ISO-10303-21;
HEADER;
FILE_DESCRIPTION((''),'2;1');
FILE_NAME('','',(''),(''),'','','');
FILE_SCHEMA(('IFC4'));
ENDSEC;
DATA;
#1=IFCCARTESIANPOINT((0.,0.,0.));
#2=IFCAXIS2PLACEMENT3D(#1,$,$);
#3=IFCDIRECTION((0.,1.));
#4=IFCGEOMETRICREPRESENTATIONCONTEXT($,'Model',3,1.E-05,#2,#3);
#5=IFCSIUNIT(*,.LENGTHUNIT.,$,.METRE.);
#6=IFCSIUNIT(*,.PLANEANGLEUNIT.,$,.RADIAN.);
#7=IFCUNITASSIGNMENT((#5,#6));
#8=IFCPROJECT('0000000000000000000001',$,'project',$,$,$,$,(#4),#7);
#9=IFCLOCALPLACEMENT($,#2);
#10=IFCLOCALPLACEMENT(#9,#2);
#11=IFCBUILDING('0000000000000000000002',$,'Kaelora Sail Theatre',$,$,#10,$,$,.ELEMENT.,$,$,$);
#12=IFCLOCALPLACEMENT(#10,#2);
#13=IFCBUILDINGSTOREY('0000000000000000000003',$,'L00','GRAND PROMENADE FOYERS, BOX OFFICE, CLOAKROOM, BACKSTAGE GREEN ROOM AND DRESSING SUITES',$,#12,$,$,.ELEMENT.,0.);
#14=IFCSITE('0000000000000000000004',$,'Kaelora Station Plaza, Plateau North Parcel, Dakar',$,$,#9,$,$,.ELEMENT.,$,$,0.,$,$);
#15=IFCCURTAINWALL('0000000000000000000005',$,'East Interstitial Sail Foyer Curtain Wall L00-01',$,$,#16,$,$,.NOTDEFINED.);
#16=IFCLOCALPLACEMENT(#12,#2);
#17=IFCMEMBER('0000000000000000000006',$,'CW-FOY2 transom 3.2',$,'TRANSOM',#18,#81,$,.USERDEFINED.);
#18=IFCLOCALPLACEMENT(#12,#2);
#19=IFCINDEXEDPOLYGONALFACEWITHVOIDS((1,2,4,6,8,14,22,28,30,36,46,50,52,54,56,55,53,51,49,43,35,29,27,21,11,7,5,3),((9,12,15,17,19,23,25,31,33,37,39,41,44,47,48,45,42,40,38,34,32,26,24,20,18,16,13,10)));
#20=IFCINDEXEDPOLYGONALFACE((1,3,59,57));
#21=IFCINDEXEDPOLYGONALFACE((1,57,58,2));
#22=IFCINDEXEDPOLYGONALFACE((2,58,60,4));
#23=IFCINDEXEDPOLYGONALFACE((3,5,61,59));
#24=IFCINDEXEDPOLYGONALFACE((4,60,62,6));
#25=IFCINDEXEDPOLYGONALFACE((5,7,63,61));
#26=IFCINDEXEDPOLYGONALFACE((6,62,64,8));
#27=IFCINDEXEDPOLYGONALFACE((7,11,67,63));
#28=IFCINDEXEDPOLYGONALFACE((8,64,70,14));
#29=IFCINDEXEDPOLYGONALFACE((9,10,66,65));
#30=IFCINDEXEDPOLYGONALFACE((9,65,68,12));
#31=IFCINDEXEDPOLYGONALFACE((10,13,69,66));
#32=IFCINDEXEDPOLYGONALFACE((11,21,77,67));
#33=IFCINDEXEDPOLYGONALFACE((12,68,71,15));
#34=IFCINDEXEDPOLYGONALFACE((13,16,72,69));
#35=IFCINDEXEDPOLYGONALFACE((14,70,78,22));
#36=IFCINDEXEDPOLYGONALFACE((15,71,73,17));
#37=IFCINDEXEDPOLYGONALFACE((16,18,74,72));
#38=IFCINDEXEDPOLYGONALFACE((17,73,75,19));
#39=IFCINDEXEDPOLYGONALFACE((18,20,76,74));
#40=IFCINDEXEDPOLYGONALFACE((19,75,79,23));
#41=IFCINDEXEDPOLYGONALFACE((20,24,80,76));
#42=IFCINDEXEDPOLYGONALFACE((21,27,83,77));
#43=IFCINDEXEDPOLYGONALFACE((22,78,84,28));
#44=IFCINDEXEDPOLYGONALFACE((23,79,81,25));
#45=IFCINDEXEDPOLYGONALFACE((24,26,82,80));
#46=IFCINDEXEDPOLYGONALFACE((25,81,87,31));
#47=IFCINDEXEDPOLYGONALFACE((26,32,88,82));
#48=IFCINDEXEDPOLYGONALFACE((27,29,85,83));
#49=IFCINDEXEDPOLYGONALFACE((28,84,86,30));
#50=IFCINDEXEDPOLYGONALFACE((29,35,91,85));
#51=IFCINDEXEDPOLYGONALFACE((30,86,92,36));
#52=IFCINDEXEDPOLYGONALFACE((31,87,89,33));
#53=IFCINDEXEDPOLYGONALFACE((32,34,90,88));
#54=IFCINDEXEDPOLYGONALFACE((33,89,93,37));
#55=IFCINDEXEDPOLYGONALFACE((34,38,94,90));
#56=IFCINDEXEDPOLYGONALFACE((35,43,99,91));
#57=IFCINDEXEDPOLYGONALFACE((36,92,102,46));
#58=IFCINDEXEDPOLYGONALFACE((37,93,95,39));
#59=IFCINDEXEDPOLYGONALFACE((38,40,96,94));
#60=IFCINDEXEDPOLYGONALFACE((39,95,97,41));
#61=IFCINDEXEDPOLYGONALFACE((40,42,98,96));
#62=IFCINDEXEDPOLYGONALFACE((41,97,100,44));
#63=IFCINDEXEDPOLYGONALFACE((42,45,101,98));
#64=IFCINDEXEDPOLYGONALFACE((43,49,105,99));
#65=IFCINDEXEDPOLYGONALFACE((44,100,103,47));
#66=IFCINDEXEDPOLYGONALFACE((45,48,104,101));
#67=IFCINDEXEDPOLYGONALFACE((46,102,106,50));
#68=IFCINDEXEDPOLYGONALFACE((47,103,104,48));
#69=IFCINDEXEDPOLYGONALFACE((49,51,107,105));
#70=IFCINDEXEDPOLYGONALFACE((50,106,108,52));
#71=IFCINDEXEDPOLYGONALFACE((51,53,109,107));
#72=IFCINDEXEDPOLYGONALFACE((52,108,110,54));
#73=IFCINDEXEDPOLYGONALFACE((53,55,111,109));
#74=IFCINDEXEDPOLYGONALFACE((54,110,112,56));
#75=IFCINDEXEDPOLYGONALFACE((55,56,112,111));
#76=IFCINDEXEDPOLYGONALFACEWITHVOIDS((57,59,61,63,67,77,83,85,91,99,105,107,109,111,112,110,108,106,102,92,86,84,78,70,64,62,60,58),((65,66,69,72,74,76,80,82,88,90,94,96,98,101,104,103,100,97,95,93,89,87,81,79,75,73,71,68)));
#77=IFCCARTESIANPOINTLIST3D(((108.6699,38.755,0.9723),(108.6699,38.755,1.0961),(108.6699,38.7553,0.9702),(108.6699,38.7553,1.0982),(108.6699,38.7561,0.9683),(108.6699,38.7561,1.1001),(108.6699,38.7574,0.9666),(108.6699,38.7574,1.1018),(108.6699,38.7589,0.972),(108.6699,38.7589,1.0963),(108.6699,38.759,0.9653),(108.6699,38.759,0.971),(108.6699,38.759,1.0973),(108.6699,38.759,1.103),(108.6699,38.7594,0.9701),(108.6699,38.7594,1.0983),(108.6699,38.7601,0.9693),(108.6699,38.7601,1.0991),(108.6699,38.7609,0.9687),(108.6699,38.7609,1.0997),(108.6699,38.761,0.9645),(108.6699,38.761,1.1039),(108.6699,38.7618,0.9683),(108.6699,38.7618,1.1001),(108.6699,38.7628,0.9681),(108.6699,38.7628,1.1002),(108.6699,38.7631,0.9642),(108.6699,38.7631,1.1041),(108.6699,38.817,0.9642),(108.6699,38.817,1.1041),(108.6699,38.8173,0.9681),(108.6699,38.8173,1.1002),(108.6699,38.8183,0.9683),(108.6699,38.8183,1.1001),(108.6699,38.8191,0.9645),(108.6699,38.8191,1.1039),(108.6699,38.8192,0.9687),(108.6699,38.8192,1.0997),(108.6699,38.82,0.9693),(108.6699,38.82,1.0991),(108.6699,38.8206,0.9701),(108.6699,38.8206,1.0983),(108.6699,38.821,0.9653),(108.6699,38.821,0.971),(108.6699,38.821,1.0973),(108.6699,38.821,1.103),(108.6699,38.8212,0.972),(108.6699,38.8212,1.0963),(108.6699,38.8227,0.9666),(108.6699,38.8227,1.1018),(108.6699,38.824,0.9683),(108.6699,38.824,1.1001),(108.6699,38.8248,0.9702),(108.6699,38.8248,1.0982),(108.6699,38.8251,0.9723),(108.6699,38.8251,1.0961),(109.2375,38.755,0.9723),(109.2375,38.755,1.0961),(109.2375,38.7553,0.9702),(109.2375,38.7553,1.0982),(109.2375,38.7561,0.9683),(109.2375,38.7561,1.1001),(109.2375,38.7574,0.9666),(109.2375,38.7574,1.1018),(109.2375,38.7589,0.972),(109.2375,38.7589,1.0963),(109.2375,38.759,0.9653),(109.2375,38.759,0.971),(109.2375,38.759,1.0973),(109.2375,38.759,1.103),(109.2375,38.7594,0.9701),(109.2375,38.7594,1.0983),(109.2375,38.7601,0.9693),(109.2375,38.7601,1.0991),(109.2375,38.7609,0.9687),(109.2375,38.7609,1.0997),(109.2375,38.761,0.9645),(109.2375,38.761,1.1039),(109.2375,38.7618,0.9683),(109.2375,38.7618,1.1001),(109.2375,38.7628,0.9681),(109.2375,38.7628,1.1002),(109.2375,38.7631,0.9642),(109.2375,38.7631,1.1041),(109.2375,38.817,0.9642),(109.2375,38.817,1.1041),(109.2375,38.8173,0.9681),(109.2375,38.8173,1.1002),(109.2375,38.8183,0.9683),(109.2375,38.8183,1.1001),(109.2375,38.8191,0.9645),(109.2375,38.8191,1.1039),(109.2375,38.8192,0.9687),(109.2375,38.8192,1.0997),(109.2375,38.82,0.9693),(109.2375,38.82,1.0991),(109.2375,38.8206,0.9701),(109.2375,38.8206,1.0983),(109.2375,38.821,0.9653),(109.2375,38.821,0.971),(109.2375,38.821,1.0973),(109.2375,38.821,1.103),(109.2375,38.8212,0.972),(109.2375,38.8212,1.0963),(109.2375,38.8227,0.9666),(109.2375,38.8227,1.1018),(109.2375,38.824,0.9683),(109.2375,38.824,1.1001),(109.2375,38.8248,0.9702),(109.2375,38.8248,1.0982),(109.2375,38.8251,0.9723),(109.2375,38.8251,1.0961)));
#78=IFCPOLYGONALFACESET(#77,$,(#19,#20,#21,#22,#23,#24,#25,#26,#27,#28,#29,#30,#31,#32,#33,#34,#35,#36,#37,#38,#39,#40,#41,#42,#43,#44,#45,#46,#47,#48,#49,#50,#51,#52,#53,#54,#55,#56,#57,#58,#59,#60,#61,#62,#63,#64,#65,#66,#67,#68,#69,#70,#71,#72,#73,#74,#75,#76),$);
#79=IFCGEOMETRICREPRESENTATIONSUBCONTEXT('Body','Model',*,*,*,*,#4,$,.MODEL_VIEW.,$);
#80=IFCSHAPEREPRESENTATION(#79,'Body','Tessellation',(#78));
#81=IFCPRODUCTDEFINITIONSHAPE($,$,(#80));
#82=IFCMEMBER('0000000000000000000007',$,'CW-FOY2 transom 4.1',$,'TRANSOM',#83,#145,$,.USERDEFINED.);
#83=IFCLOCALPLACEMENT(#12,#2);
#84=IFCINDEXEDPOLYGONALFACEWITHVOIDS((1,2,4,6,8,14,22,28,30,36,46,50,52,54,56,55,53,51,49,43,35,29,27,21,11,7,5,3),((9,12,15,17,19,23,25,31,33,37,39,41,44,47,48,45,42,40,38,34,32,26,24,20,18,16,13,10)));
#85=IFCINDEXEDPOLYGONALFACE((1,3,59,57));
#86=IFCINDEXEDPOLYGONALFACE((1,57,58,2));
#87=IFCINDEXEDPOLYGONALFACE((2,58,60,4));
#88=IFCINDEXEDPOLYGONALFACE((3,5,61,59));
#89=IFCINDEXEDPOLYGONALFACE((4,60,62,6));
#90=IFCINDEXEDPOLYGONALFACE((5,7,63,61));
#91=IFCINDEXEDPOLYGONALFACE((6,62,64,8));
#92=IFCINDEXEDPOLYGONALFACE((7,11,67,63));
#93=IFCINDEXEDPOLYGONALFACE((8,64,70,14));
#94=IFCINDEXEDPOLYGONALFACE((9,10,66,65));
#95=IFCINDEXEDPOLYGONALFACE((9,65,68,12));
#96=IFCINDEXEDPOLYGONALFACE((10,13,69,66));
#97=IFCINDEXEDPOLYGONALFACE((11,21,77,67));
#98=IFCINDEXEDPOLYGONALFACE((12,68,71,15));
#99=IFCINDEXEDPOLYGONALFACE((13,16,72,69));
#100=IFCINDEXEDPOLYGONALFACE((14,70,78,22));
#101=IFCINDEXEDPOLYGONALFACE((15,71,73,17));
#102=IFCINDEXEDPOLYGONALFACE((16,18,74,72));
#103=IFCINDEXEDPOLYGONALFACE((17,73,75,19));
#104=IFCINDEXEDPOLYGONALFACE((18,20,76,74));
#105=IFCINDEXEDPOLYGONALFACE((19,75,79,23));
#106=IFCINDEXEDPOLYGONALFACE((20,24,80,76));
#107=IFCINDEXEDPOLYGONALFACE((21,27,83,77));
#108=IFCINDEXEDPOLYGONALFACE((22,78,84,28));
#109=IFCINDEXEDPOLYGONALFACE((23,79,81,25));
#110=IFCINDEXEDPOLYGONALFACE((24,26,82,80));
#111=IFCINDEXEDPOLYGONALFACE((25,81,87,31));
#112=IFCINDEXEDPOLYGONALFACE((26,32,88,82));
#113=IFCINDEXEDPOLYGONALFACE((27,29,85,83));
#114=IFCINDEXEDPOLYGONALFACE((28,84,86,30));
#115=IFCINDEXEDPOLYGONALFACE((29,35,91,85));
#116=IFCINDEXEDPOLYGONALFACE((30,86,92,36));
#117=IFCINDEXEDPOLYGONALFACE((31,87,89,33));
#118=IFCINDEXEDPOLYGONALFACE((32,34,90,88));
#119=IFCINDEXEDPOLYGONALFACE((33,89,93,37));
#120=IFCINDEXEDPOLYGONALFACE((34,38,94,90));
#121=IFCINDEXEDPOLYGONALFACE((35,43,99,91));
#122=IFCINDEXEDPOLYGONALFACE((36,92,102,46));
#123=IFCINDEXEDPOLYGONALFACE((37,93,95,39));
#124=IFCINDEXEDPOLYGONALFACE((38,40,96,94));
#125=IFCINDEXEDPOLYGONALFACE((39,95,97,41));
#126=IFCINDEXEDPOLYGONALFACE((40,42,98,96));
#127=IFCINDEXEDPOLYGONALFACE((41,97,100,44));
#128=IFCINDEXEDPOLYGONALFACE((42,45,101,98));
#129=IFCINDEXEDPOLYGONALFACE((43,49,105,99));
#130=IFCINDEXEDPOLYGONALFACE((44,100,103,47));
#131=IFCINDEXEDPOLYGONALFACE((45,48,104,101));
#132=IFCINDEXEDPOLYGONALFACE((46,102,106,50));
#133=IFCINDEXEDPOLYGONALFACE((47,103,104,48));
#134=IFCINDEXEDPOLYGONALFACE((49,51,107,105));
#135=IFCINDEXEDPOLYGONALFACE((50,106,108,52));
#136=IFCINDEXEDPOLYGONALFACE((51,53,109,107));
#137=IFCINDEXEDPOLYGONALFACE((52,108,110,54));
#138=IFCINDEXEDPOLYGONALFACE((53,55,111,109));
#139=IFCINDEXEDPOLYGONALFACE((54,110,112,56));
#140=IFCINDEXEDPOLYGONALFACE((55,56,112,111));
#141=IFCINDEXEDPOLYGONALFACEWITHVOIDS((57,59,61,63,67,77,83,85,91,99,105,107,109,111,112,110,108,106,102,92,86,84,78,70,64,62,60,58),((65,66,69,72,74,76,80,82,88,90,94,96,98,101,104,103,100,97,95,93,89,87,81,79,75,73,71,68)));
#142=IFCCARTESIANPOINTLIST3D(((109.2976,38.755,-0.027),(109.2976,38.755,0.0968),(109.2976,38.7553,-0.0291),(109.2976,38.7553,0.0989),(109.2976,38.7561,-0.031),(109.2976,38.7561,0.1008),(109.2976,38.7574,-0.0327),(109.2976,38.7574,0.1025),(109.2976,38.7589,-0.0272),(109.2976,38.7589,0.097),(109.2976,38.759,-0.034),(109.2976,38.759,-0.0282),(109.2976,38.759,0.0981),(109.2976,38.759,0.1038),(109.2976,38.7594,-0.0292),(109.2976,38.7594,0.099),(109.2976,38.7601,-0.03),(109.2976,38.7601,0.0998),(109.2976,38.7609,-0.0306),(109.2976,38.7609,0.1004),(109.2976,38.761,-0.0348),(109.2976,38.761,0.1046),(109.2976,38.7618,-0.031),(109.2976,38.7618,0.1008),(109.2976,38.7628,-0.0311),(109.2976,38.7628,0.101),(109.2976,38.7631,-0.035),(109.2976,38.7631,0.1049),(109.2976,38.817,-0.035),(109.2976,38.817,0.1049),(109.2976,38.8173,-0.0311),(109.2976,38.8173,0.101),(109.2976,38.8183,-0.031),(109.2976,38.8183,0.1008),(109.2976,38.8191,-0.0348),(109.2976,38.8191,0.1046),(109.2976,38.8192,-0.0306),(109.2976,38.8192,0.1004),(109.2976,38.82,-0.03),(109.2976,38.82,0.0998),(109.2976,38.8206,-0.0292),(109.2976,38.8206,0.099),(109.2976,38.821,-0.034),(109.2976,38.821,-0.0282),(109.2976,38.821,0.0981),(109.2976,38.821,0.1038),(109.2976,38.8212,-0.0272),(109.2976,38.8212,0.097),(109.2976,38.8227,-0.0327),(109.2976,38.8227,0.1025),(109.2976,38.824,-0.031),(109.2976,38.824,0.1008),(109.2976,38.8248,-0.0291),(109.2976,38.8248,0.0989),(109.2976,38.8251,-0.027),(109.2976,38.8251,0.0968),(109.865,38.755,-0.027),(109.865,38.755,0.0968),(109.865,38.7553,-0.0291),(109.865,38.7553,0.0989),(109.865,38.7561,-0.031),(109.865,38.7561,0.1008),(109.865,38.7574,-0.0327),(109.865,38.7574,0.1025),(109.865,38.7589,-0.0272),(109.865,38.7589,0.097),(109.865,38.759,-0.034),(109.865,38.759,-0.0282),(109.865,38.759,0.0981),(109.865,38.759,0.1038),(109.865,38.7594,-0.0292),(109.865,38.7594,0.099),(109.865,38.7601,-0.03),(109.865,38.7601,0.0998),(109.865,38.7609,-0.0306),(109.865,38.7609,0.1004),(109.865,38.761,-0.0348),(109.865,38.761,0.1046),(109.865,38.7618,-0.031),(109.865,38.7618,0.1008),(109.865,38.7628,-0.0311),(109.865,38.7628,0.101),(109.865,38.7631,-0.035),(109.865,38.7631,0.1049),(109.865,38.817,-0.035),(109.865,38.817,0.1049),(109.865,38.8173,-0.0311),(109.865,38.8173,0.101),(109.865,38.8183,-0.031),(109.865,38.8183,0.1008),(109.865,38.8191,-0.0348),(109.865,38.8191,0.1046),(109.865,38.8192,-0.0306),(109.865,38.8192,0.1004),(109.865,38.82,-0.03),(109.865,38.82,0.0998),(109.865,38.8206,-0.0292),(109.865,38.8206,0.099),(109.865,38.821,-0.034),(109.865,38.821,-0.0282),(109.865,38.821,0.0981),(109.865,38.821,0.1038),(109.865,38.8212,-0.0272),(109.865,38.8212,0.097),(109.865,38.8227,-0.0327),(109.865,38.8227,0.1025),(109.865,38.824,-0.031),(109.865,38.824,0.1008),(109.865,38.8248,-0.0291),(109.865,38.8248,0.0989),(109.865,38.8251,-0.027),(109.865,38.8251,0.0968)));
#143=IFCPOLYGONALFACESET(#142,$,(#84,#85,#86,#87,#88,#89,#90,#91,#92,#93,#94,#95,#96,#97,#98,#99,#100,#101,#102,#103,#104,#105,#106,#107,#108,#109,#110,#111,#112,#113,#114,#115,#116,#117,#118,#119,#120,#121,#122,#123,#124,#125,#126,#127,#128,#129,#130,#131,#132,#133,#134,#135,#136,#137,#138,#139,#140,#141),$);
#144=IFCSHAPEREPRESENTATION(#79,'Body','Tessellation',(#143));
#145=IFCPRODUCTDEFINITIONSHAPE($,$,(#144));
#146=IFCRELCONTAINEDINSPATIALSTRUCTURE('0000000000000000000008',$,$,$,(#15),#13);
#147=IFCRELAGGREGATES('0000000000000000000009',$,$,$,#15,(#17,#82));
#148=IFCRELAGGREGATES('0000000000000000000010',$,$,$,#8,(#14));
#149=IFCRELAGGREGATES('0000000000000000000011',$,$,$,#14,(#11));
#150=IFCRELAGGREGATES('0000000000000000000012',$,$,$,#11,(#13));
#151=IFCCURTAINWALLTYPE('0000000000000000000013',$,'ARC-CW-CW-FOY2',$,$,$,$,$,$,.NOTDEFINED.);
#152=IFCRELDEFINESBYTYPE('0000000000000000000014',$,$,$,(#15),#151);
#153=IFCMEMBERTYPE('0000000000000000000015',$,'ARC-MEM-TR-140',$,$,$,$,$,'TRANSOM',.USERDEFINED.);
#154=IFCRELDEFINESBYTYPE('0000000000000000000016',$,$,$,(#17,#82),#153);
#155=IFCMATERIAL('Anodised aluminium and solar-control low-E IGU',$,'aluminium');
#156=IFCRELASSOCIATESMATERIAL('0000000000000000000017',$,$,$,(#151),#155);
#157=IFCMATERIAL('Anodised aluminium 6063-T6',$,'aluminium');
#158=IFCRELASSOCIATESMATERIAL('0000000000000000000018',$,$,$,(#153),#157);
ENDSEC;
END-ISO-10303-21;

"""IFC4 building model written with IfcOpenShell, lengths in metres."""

from ifc_helpers import new_model, si_unit, direction, frame, origin, origin_2d, place, context, subcontext, project, spatial, hollow_rectangle, extrude, material, material_profile, profile_set, type_object, element, aggregate, save


model = new_model("IFC4")

# Units and contexts
model_context = context("Model", 3, precision=1e-05, world=origin(), true_north=direction((0.0, 1.0)))
body_context = subcontext(model_context, "Body", "Model", "MODEL_VIEW")
ifc_project = project(units=[si_unit("LENGTHUNIT", "METRE"), si_unit("PLANEANGLEUNIT", "RADIAN")], contexts=[model_context])

# Site, building, storey
site_placement = place(None, origin())
site = spatial("IfcSite", under=ifc_project, at=site_placement, Name="Kaelora Station Plaza, Plateau North Parcel, Dakar", CompositionType="ELEMENT", RefElevation=0.0)
building_placement = place(site_placement, origin())
building = spatial("IfcBuilding", under=site, at=building_placement, Name="Kaelora Sail Theatre", CompositionType="ELEMENT")
storey_placement = place(building_placement, origin())
storey = spatial("IfcBuildingStorey", under=building, at=storey_placement, Name="L00", Description="GRAND PROMENADE FOYERS, BOX OFFICE, CLOAKROOM, BACKSTAGE GREEN ROOM AND DRESSING SUITES", CompositionType="ELEMENT", Elevation=0.0)

# Curtain wall
ifc_material_1 = material(Name="Anodised aluminium and solar-control low-E IGU", Category="aluminium")
curtain_wall_type = type_object("IfcCurtainWallType", Name="ARC-CW-CW-FOY2", PredefinedType="NOTDEFINED", material=ifc_material_1)
curtain_wall_1_placement = place(storey_placement, origin())
curtain_wall_1 = element("IfcCurtainWall", 1, at=curtain_wall_1_placement, inside=storey, type_object=curtain_wall_type, Name="East Interstitial Sail Foyer Curtain Wall L00-01", PredefinedType="NOTDEFINED")

# Members
ifc_material_2 = material(Name="Anodised aluminium 6063-T6", Category="aluminium")
ifc_material_profile_1 = material_profile(ifc_material_2, hollow_rectangle(XDim=0.0701, YDim=0.1399, WallThickness=0.0039, InnerFilletRadius=0.0039, OuterFilletRadius=0.0081, at=origin_2d()), Name="ALU-TRAN 70x140x4")
ifc_profile_set_1 = profile_set([ifc_material_profile_1], Name="Anodised aluminium 6063-T6")
member_type_1 = type_object("IfcMemberType", Name="ARC-MEM-TR-140", ElementType="TRANSOM", PredefinedType="USERDEFINED", material=ifc_profile_set_1)
member_1_placement = place(storey_placement, frame((108.6699, 38.79, 1.0342), z_axis=(1.0, 0.0, 0.0), x_axis=(0.0, 1.0, 0.0)))
member_1 = element("IfcMember", 2, at=member_1_placement, type_object=member_type_1, Name="CW-FOY2 transom 3.2", ObjectType="TRANSOM", PredefinedType="USERDEFINED", context=body_context, shape_type="SweptSolid", body=[
    extrude(hollow_rectangle(XDim=0.0701, YDim=0.1399, WallThickness=0.0039, InnerFilletRadius=0.0039, OuterFilletRadius=0.0081, at=origin_2d()), origin(), (0.0, 0.0, 1.0), 0.5676),
])
member_2_placement = place(storey_placement, frame((109.2976, 38.79, 0.0349), z_axis=(1.0, 0.0, 0.0), x_axis=(0.0, 1.0, 0.0)))
member_2 = element("IfcMember", 3, at=member_2_placement, type_object=member_type_1, Name="CW-FOY2 transom 4.1", ObjectType="TRANSOM", PredefinedType="USERDEFINED", context=body_context, shape_type="SweptSolid", body=[
    extrude(hollow_rectangle(XDim=0.0701, YDim=0.1399, WallThickness=0.0039, InnerFilletRadius=0.0039, OuterFilletRadius=0.0081, at=origin_2d()), origin(), (0.0, 0.0, 1.0), 0.5674),
])

aggregate(curtain_wall_1, [member_1, member_2])

save(model, "model.ifc")
